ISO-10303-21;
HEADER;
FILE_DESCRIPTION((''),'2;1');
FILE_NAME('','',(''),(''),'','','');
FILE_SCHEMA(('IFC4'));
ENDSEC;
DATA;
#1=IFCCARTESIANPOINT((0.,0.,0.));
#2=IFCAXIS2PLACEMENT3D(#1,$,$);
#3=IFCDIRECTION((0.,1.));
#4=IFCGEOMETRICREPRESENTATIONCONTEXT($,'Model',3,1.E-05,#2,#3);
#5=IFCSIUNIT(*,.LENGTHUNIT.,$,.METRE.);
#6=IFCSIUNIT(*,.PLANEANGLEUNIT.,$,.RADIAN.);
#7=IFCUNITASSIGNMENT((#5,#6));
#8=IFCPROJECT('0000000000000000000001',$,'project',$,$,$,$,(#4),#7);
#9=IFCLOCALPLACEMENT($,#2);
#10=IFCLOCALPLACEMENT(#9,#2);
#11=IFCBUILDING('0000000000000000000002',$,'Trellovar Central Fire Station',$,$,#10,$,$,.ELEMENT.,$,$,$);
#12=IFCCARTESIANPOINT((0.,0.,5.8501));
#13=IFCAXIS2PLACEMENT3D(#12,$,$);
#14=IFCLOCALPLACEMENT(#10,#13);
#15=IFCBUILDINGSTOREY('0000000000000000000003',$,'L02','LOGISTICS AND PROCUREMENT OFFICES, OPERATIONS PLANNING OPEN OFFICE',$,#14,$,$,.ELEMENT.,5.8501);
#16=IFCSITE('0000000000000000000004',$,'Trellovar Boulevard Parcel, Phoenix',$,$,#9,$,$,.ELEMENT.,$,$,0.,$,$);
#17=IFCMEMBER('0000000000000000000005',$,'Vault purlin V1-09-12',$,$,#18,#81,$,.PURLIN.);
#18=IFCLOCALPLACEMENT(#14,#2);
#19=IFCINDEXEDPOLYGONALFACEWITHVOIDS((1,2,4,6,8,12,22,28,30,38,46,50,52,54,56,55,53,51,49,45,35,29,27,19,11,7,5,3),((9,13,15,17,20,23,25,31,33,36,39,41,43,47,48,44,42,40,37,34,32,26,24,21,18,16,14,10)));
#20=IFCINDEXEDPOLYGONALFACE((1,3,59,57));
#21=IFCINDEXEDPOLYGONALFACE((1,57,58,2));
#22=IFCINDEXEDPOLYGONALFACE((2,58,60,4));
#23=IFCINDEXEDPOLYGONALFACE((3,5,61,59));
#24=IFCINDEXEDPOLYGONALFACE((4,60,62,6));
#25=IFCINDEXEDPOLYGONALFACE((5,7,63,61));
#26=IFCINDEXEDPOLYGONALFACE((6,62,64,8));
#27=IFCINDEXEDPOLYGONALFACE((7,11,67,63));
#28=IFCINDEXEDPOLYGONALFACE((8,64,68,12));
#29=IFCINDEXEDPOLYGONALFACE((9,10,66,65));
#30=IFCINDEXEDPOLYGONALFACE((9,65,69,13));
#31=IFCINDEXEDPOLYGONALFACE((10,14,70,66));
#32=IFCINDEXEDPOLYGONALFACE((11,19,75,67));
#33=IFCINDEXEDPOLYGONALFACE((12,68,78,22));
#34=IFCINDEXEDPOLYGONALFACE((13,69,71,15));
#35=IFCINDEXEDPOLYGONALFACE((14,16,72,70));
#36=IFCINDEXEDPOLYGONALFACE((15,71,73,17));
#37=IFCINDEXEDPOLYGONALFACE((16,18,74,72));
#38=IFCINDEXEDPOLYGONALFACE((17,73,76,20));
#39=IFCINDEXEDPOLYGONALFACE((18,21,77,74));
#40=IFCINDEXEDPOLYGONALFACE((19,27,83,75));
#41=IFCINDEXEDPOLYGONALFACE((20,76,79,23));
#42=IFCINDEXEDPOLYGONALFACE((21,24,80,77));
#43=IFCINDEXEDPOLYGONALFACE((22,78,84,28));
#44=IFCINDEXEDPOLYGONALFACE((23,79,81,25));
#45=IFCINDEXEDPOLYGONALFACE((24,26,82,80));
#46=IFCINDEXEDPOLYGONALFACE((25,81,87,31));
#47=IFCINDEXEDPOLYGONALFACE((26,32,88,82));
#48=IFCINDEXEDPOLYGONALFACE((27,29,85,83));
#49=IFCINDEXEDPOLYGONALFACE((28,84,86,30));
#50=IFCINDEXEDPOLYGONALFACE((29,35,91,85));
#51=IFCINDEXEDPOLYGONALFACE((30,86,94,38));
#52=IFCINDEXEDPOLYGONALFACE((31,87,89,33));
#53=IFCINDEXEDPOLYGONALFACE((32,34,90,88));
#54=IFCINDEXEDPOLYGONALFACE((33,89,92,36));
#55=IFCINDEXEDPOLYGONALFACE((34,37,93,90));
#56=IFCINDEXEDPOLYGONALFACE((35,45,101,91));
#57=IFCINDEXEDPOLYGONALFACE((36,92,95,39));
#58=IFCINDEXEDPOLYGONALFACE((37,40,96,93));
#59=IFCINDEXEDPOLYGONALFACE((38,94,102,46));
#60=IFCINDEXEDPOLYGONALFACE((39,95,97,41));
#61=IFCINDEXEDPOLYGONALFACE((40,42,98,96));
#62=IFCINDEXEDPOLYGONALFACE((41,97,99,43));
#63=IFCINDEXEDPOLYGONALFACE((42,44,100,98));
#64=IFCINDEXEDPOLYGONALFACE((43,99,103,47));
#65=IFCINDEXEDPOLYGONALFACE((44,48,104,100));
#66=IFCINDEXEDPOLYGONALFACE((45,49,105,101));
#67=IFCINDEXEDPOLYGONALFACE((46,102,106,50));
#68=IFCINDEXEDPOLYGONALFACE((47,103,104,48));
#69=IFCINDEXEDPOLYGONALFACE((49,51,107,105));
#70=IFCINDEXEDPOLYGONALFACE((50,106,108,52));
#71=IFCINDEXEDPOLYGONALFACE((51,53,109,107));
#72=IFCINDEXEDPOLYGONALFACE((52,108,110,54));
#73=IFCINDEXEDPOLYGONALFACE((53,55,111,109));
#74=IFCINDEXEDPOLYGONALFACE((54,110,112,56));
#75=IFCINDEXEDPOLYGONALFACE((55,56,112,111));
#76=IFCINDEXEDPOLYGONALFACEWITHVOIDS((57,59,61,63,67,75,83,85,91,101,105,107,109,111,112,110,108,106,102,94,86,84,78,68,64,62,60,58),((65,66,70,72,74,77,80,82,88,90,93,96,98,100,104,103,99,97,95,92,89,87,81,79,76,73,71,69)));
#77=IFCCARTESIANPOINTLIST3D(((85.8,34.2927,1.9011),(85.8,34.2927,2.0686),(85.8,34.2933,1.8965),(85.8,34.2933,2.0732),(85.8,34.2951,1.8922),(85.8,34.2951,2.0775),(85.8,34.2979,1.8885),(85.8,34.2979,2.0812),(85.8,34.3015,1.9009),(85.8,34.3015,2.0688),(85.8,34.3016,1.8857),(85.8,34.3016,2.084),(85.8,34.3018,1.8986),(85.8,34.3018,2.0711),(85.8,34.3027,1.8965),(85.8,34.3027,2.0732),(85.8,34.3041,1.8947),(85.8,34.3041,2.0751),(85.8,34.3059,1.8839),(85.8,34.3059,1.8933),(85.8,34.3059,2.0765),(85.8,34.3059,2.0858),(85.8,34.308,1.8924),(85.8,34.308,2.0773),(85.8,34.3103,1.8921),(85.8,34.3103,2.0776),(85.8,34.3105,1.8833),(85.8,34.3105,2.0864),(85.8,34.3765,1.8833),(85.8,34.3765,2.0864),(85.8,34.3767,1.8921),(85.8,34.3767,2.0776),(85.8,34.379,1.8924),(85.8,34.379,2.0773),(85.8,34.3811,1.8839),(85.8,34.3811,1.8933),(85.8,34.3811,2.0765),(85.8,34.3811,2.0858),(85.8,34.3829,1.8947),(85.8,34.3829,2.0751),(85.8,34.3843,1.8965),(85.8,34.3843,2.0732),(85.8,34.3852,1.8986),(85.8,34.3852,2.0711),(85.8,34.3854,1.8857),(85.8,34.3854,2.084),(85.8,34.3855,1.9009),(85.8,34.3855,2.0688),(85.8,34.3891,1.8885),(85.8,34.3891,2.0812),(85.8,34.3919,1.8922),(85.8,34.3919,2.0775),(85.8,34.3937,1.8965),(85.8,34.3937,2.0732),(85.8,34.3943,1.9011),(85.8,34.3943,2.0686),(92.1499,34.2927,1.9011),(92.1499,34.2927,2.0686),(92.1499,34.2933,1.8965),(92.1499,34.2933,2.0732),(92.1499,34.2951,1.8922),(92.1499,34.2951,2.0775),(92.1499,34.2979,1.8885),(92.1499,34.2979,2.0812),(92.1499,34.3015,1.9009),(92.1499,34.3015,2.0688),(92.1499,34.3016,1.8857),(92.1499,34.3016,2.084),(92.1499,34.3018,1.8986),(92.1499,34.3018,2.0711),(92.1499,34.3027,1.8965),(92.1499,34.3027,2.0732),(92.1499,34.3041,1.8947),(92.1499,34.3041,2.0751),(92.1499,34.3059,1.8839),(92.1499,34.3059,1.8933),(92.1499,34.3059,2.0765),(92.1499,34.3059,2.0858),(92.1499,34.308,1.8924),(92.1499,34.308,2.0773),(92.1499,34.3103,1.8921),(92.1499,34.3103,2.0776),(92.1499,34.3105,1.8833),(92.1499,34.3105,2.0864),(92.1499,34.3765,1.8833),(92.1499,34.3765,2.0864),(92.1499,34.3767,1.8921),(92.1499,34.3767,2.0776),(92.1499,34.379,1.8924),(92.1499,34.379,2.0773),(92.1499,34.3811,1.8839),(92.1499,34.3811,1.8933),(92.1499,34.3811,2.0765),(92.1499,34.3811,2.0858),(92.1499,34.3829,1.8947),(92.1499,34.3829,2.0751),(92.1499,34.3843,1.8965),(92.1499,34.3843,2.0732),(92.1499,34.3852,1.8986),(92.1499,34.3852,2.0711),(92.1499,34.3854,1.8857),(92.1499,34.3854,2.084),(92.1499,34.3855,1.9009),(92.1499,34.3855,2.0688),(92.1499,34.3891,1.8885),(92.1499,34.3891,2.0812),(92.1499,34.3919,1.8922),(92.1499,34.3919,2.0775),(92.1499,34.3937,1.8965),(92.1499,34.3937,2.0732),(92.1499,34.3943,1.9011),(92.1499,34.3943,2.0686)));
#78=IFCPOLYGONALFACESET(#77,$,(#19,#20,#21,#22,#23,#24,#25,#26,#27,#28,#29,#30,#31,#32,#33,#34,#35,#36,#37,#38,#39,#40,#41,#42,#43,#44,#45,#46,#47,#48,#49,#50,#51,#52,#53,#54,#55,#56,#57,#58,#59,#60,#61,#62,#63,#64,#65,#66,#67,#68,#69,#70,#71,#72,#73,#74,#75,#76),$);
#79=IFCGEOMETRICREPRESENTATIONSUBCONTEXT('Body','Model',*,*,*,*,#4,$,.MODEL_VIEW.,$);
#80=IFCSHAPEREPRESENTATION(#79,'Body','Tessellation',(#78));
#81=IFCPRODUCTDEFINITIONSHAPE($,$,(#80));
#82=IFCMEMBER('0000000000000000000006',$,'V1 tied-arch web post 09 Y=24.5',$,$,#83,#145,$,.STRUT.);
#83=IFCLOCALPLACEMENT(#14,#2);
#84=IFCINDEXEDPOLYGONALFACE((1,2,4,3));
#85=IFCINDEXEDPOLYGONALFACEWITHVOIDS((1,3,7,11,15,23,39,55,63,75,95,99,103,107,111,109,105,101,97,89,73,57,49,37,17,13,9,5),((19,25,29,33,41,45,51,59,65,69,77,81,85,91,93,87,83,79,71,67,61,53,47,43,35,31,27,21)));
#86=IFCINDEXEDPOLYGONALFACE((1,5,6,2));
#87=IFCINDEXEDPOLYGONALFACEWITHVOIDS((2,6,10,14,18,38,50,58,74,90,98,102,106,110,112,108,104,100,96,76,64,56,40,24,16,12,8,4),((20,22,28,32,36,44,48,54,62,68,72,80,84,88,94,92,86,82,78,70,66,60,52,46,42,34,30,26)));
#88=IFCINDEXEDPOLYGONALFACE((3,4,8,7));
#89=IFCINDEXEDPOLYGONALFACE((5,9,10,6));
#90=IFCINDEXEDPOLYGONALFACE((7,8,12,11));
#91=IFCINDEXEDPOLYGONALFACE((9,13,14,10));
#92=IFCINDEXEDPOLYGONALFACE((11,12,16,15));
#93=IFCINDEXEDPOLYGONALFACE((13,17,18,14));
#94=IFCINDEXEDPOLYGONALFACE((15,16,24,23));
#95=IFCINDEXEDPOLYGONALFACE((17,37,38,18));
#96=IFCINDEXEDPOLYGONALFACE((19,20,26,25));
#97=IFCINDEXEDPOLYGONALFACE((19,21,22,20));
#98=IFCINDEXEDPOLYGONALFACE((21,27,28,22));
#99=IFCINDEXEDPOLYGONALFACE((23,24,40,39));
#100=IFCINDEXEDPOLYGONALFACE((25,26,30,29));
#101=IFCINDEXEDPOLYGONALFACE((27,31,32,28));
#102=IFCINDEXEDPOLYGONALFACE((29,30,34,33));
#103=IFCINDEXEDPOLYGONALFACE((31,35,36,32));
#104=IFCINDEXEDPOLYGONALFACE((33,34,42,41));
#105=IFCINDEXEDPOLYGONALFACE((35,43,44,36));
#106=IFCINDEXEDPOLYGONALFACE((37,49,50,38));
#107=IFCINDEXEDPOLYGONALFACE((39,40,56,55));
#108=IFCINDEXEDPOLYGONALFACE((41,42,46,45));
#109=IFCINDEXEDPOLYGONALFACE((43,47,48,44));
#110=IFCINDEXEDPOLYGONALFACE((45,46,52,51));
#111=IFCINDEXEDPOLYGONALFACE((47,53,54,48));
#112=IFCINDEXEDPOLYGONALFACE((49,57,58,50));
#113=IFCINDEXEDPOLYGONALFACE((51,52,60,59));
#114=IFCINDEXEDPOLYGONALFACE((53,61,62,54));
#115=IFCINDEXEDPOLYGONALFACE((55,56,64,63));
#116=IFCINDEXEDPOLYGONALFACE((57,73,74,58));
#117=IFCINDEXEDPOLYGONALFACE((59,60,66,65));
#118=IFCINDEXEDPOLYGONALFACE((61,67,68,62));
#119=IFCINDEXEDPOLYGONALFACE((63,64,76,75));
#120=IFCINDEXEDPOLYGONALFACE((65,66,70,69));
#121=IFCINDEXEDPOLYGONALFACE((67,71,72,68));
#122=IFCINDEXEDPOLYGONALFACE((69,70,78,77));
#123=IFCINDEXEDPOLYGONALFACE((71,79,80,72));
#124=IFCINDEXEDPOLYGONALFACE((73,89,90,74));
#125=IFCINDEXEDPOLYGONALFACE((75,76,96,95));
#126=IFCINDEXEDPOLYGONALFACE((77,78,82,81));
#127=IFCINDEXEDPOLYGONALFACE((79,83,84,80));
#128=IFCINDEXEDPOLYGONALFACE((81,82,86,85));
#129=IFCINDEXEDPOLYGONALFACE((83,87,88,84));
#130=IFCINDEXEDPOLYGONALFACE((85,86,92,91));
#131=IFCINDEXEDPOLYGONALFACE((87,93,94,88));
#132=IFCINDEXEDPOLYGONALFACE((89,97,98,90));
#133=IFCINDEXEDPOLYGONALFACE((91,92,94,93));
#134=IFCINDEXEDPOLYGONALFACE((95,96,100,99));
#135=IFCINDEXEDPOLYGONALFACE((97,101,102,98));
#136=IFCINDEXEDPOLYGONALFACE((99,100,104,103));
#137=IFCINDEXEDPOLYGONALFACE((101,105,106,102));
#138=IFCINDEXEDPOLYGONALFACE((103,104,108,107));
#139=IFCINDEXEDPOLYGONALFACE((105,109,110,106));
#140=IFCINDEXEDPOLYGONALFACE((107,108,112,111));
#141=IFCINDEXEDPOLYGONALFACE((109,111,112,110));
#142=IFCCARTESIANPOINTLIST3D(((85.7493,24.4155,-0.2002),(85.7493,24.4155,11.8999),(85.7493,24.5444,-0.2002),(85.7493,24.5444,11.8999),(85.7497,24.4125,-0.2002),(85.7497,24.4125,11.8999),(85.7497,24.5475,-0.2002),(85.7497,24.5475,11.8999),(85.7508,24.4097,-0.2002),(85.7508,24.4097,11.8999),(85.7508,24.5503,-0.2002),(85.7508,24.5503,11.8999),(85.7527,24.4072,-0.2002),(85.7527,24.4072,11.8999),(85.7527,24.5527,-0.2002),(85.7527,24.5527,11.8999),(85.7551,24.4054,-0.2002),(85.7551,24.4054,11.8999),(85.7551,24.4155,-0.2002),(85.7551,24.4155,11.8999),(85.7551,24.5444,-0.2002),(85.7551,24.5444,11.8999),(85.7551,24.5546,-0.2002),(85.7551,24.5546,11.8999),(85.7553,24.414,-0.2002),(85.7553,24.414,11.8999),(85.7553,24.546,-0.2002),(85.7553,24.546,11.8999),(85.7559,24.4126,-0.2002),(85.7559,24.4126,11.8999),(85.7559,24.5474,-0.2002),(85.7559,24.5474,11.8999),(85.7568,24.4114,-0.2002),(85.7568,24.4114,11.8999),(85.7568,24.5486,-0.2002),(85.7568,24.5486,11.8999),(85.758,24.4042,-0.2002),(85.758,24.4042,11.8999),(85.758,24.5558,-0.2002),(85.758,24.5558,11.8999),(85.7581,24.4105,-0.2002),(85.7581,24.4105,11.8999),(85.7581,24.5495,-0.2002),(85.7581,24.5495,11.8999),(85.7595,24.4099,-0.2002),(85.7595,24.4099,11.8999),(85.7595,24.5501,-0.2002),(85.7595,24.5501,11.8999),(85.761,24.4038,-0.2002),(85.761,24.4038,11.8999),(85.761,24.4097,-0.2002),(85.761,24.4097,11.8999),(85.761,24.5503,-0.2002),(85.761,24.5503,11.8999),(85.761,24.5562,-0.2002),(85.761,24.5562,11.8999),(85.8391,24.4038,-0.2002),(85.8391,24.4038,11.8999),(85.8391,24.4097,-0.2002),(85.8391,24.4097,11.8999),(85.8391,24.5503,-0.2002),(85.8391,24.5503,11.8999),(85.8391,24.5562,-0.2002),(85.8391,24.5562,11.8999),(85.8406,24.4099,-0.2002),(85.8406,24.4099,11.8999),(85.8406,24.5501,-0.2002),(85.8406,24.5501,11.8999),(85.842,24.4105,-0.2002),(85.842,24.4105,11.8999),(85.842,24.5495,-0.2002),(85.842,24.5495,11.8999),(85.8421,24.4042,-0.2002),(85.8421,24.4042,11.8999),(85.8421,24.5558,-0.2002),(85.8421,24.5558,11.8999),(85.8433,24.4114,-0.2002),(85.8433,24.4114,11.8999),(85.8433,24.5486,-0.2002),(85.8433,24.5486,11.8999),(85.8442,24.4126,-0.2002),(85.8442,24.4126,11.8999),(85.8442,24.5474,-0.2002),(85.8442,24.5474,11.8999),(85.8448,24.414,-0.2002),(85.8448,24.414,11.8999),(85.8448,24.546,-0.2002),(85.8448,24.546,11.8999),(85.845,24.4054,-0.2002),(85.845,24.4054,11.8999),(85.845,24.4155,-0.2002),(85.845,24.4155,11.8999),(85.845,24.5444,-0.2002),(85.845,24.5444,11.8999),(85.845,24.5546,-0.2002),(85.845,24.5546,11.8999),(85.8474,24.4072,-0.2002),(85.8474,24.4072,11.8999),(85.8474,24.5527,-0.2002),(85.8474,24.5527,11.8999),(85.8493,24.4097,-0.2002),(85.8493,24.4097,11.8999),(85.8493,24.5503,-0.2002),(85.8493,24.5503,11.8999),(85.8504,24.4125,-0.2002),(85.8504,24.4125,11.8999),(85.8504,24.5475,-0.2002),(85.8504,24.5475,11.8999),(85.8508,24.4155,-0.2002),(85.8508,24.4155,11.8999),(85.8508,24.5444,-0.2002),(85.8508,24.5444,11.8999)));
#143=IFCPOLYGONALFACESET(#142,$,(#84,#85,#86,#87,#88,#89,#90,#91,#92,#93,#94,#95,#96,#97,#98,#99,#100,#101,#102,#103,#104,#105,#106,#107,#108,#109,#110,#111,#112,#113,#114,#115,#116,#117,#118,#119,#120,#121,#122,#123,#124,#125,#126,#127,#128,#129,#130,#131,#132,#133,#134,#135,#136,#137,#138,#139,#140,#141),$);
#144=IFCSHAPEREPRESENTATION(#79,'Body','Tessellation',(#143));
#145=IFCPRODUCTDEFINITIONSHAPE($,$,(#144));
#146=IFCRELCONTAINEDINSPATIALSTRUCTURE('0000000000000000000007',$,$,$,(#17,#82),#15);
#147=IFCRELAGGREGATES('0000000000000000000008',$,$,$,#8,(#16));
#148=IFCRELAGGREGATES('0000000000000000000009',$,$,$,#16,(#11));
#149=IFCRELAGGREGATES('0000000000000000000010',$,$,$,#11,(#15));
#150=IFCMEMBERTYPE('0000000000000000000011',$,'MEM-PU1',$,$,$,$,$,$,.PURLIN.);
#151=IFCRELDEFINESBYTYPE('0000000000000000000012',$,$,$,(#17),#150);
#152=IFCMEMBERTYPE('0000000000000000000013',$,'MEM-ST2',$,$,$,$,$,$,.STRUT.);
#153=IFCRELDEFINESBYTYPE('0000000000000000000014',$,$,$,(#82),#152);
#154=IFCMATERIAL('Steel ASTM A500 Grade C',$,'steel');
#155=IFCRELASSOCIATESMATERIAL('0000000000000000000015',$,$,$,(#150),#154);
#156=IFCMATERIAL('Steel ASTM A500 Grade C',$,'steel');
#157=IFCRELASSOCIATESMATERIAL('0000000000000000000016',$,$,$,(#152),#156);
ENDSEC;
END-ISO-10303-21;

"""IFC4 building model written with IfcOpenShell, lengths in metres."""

from ifc_helpers import new_model, si_unit, direction, frame, origin, origin_2d, place, context, subcontext, project, spatial, hollow_rectangle, extrude, material, material_profile, profile_set, type_object, element, save


model = new_model("IFC4")

# Units and contexts
model_context = context("Model", 3, precision=1e-05, world=origin(), true_north=direction((0.0, 1.0)))
body_context = subcontext(model_context, "Body", "Model", "MODEL_VIEW")
ifc_project = project(units=[si_unit("LENGTHUNIT", "METRE"), si_unit("PLANEANGLEUNIT", "RADIAN")], contexts=[model_context])

# Site, building, storey
site_placement = place(None, origin())
site = spatial("IfcSite", under=ifc_project, at=site_placement, Name="Trellovar Boulevard Parcel, Phoenix", CompositionType="ELEMENT", RefElevation=0.0)
building_placement = place(site_placement, origin())
building = spatial("IfcBuilding", under=site, at=building_placement, Name="Trellovar Central Fire Station", CompositionType="ELEMENT")
storey_placement = place(building_placement, frame((0.0, 0.0, 5.8501)))
storey = spatial("IfcBuildingStorey", under=building, at=storey_placement, Name="L02", Description="LOGISTICS AND PROCUREMENT OFFICES, OPERATIONS PLANNING OPEN OFFICE", CompositionType="ELEMENT", Elevation=5.8501)

# Members
ifc_material_1 = material(Name="Steel ASTM A500 Grade C", Category="steel")
ifc_material_profile_1 = material_profile(ifc_material_1, hollow_rectangle(XDim=0.1016, YDim=0.2031, WallThickness=0.0088, InnerFilletRadius=0.0088, OuterFilletRadius=0.0178, at=origin_2d()), Name="HSS8X4X3/8")
ifc_profile_set_1 = profile_set([ifc_material_profile_1], Name="Steel ASTM A500 Grade C")
member_type_1 = type_object("IfcMemberType", Name="MEM-PU1", PredefinedType="PURLIN", material=ifc_profile_set_1)
member_1_placement = place(storey_placement, frame((85.8, 34.3435, 1.9849), z_axis=(1.0, 0.0, 0.0), x_axis=(0.0, 1.0, 0.0)))
element("IfcMember", 1, at=member_1_placement, inside=storey, type_object=member_type_1, Name="Vault purlin V1-09-12", PredefinedType="PURLIN", context=body_context, shape_type="SweptSolid", body=[
    extrude(hollow_rectangle(XDim=0.1016, YDim=0.2031, WallThickness=0.0088, InnerFilletRadius=0.0088, OuterFilletRadius=0.0178, at=origin_2d()), origin(), (0.0, 0.0, 1.0), 6.3499),
])
ifc_material_2 = material(Name="Steel ASTM A500 Grade C", Category="steel")
ifc_material_profile_2 = material_profile(ifc_material_2, hollow_rectangle(XDim=0.1016, YDim=0.1523, WallThickness=0.0059, InnerFilletRadius=0.0059, OuterFilletRadius=0.0117, at=origin_2d()), Name="HSS6X4X1/4")
ifc_profile_set_2 = profile_set([ifc_material_profile_2], Name="Steel ASTM A500 Grade C")
member_type_2 = type_object("IfcMemberType", Name="MEM-ST2", PredefinedType="STRUT", material=ifc_profile_set_2)
member_2_placement = place(storey_placement, frame((85.8, 24.48, -0.2002), z_axis=(0.0, 0.0, 1.0), x_axis=(1.0, 0.0, 0.0)))
element("IfcMember", 2, at=member_2_placement, inside=storey, type_object=member_type_2, Name="V1 tied-arch web post 09 Y=24.5", PredefinedType="STRUT", context=body_context, shape_type="SweptSolid", body=[
    extrude(hollow_rectangle(XDim=0.1016, YDim=0.1523, WallThickness=0.0059, InnerFilletRadius=0.0059, OuterFilletRadius=0.0117, at=origin_2d()), origin(), (0.0, 0.0, 1.0), 12.1001),
])

save(model, "model.ifc")
